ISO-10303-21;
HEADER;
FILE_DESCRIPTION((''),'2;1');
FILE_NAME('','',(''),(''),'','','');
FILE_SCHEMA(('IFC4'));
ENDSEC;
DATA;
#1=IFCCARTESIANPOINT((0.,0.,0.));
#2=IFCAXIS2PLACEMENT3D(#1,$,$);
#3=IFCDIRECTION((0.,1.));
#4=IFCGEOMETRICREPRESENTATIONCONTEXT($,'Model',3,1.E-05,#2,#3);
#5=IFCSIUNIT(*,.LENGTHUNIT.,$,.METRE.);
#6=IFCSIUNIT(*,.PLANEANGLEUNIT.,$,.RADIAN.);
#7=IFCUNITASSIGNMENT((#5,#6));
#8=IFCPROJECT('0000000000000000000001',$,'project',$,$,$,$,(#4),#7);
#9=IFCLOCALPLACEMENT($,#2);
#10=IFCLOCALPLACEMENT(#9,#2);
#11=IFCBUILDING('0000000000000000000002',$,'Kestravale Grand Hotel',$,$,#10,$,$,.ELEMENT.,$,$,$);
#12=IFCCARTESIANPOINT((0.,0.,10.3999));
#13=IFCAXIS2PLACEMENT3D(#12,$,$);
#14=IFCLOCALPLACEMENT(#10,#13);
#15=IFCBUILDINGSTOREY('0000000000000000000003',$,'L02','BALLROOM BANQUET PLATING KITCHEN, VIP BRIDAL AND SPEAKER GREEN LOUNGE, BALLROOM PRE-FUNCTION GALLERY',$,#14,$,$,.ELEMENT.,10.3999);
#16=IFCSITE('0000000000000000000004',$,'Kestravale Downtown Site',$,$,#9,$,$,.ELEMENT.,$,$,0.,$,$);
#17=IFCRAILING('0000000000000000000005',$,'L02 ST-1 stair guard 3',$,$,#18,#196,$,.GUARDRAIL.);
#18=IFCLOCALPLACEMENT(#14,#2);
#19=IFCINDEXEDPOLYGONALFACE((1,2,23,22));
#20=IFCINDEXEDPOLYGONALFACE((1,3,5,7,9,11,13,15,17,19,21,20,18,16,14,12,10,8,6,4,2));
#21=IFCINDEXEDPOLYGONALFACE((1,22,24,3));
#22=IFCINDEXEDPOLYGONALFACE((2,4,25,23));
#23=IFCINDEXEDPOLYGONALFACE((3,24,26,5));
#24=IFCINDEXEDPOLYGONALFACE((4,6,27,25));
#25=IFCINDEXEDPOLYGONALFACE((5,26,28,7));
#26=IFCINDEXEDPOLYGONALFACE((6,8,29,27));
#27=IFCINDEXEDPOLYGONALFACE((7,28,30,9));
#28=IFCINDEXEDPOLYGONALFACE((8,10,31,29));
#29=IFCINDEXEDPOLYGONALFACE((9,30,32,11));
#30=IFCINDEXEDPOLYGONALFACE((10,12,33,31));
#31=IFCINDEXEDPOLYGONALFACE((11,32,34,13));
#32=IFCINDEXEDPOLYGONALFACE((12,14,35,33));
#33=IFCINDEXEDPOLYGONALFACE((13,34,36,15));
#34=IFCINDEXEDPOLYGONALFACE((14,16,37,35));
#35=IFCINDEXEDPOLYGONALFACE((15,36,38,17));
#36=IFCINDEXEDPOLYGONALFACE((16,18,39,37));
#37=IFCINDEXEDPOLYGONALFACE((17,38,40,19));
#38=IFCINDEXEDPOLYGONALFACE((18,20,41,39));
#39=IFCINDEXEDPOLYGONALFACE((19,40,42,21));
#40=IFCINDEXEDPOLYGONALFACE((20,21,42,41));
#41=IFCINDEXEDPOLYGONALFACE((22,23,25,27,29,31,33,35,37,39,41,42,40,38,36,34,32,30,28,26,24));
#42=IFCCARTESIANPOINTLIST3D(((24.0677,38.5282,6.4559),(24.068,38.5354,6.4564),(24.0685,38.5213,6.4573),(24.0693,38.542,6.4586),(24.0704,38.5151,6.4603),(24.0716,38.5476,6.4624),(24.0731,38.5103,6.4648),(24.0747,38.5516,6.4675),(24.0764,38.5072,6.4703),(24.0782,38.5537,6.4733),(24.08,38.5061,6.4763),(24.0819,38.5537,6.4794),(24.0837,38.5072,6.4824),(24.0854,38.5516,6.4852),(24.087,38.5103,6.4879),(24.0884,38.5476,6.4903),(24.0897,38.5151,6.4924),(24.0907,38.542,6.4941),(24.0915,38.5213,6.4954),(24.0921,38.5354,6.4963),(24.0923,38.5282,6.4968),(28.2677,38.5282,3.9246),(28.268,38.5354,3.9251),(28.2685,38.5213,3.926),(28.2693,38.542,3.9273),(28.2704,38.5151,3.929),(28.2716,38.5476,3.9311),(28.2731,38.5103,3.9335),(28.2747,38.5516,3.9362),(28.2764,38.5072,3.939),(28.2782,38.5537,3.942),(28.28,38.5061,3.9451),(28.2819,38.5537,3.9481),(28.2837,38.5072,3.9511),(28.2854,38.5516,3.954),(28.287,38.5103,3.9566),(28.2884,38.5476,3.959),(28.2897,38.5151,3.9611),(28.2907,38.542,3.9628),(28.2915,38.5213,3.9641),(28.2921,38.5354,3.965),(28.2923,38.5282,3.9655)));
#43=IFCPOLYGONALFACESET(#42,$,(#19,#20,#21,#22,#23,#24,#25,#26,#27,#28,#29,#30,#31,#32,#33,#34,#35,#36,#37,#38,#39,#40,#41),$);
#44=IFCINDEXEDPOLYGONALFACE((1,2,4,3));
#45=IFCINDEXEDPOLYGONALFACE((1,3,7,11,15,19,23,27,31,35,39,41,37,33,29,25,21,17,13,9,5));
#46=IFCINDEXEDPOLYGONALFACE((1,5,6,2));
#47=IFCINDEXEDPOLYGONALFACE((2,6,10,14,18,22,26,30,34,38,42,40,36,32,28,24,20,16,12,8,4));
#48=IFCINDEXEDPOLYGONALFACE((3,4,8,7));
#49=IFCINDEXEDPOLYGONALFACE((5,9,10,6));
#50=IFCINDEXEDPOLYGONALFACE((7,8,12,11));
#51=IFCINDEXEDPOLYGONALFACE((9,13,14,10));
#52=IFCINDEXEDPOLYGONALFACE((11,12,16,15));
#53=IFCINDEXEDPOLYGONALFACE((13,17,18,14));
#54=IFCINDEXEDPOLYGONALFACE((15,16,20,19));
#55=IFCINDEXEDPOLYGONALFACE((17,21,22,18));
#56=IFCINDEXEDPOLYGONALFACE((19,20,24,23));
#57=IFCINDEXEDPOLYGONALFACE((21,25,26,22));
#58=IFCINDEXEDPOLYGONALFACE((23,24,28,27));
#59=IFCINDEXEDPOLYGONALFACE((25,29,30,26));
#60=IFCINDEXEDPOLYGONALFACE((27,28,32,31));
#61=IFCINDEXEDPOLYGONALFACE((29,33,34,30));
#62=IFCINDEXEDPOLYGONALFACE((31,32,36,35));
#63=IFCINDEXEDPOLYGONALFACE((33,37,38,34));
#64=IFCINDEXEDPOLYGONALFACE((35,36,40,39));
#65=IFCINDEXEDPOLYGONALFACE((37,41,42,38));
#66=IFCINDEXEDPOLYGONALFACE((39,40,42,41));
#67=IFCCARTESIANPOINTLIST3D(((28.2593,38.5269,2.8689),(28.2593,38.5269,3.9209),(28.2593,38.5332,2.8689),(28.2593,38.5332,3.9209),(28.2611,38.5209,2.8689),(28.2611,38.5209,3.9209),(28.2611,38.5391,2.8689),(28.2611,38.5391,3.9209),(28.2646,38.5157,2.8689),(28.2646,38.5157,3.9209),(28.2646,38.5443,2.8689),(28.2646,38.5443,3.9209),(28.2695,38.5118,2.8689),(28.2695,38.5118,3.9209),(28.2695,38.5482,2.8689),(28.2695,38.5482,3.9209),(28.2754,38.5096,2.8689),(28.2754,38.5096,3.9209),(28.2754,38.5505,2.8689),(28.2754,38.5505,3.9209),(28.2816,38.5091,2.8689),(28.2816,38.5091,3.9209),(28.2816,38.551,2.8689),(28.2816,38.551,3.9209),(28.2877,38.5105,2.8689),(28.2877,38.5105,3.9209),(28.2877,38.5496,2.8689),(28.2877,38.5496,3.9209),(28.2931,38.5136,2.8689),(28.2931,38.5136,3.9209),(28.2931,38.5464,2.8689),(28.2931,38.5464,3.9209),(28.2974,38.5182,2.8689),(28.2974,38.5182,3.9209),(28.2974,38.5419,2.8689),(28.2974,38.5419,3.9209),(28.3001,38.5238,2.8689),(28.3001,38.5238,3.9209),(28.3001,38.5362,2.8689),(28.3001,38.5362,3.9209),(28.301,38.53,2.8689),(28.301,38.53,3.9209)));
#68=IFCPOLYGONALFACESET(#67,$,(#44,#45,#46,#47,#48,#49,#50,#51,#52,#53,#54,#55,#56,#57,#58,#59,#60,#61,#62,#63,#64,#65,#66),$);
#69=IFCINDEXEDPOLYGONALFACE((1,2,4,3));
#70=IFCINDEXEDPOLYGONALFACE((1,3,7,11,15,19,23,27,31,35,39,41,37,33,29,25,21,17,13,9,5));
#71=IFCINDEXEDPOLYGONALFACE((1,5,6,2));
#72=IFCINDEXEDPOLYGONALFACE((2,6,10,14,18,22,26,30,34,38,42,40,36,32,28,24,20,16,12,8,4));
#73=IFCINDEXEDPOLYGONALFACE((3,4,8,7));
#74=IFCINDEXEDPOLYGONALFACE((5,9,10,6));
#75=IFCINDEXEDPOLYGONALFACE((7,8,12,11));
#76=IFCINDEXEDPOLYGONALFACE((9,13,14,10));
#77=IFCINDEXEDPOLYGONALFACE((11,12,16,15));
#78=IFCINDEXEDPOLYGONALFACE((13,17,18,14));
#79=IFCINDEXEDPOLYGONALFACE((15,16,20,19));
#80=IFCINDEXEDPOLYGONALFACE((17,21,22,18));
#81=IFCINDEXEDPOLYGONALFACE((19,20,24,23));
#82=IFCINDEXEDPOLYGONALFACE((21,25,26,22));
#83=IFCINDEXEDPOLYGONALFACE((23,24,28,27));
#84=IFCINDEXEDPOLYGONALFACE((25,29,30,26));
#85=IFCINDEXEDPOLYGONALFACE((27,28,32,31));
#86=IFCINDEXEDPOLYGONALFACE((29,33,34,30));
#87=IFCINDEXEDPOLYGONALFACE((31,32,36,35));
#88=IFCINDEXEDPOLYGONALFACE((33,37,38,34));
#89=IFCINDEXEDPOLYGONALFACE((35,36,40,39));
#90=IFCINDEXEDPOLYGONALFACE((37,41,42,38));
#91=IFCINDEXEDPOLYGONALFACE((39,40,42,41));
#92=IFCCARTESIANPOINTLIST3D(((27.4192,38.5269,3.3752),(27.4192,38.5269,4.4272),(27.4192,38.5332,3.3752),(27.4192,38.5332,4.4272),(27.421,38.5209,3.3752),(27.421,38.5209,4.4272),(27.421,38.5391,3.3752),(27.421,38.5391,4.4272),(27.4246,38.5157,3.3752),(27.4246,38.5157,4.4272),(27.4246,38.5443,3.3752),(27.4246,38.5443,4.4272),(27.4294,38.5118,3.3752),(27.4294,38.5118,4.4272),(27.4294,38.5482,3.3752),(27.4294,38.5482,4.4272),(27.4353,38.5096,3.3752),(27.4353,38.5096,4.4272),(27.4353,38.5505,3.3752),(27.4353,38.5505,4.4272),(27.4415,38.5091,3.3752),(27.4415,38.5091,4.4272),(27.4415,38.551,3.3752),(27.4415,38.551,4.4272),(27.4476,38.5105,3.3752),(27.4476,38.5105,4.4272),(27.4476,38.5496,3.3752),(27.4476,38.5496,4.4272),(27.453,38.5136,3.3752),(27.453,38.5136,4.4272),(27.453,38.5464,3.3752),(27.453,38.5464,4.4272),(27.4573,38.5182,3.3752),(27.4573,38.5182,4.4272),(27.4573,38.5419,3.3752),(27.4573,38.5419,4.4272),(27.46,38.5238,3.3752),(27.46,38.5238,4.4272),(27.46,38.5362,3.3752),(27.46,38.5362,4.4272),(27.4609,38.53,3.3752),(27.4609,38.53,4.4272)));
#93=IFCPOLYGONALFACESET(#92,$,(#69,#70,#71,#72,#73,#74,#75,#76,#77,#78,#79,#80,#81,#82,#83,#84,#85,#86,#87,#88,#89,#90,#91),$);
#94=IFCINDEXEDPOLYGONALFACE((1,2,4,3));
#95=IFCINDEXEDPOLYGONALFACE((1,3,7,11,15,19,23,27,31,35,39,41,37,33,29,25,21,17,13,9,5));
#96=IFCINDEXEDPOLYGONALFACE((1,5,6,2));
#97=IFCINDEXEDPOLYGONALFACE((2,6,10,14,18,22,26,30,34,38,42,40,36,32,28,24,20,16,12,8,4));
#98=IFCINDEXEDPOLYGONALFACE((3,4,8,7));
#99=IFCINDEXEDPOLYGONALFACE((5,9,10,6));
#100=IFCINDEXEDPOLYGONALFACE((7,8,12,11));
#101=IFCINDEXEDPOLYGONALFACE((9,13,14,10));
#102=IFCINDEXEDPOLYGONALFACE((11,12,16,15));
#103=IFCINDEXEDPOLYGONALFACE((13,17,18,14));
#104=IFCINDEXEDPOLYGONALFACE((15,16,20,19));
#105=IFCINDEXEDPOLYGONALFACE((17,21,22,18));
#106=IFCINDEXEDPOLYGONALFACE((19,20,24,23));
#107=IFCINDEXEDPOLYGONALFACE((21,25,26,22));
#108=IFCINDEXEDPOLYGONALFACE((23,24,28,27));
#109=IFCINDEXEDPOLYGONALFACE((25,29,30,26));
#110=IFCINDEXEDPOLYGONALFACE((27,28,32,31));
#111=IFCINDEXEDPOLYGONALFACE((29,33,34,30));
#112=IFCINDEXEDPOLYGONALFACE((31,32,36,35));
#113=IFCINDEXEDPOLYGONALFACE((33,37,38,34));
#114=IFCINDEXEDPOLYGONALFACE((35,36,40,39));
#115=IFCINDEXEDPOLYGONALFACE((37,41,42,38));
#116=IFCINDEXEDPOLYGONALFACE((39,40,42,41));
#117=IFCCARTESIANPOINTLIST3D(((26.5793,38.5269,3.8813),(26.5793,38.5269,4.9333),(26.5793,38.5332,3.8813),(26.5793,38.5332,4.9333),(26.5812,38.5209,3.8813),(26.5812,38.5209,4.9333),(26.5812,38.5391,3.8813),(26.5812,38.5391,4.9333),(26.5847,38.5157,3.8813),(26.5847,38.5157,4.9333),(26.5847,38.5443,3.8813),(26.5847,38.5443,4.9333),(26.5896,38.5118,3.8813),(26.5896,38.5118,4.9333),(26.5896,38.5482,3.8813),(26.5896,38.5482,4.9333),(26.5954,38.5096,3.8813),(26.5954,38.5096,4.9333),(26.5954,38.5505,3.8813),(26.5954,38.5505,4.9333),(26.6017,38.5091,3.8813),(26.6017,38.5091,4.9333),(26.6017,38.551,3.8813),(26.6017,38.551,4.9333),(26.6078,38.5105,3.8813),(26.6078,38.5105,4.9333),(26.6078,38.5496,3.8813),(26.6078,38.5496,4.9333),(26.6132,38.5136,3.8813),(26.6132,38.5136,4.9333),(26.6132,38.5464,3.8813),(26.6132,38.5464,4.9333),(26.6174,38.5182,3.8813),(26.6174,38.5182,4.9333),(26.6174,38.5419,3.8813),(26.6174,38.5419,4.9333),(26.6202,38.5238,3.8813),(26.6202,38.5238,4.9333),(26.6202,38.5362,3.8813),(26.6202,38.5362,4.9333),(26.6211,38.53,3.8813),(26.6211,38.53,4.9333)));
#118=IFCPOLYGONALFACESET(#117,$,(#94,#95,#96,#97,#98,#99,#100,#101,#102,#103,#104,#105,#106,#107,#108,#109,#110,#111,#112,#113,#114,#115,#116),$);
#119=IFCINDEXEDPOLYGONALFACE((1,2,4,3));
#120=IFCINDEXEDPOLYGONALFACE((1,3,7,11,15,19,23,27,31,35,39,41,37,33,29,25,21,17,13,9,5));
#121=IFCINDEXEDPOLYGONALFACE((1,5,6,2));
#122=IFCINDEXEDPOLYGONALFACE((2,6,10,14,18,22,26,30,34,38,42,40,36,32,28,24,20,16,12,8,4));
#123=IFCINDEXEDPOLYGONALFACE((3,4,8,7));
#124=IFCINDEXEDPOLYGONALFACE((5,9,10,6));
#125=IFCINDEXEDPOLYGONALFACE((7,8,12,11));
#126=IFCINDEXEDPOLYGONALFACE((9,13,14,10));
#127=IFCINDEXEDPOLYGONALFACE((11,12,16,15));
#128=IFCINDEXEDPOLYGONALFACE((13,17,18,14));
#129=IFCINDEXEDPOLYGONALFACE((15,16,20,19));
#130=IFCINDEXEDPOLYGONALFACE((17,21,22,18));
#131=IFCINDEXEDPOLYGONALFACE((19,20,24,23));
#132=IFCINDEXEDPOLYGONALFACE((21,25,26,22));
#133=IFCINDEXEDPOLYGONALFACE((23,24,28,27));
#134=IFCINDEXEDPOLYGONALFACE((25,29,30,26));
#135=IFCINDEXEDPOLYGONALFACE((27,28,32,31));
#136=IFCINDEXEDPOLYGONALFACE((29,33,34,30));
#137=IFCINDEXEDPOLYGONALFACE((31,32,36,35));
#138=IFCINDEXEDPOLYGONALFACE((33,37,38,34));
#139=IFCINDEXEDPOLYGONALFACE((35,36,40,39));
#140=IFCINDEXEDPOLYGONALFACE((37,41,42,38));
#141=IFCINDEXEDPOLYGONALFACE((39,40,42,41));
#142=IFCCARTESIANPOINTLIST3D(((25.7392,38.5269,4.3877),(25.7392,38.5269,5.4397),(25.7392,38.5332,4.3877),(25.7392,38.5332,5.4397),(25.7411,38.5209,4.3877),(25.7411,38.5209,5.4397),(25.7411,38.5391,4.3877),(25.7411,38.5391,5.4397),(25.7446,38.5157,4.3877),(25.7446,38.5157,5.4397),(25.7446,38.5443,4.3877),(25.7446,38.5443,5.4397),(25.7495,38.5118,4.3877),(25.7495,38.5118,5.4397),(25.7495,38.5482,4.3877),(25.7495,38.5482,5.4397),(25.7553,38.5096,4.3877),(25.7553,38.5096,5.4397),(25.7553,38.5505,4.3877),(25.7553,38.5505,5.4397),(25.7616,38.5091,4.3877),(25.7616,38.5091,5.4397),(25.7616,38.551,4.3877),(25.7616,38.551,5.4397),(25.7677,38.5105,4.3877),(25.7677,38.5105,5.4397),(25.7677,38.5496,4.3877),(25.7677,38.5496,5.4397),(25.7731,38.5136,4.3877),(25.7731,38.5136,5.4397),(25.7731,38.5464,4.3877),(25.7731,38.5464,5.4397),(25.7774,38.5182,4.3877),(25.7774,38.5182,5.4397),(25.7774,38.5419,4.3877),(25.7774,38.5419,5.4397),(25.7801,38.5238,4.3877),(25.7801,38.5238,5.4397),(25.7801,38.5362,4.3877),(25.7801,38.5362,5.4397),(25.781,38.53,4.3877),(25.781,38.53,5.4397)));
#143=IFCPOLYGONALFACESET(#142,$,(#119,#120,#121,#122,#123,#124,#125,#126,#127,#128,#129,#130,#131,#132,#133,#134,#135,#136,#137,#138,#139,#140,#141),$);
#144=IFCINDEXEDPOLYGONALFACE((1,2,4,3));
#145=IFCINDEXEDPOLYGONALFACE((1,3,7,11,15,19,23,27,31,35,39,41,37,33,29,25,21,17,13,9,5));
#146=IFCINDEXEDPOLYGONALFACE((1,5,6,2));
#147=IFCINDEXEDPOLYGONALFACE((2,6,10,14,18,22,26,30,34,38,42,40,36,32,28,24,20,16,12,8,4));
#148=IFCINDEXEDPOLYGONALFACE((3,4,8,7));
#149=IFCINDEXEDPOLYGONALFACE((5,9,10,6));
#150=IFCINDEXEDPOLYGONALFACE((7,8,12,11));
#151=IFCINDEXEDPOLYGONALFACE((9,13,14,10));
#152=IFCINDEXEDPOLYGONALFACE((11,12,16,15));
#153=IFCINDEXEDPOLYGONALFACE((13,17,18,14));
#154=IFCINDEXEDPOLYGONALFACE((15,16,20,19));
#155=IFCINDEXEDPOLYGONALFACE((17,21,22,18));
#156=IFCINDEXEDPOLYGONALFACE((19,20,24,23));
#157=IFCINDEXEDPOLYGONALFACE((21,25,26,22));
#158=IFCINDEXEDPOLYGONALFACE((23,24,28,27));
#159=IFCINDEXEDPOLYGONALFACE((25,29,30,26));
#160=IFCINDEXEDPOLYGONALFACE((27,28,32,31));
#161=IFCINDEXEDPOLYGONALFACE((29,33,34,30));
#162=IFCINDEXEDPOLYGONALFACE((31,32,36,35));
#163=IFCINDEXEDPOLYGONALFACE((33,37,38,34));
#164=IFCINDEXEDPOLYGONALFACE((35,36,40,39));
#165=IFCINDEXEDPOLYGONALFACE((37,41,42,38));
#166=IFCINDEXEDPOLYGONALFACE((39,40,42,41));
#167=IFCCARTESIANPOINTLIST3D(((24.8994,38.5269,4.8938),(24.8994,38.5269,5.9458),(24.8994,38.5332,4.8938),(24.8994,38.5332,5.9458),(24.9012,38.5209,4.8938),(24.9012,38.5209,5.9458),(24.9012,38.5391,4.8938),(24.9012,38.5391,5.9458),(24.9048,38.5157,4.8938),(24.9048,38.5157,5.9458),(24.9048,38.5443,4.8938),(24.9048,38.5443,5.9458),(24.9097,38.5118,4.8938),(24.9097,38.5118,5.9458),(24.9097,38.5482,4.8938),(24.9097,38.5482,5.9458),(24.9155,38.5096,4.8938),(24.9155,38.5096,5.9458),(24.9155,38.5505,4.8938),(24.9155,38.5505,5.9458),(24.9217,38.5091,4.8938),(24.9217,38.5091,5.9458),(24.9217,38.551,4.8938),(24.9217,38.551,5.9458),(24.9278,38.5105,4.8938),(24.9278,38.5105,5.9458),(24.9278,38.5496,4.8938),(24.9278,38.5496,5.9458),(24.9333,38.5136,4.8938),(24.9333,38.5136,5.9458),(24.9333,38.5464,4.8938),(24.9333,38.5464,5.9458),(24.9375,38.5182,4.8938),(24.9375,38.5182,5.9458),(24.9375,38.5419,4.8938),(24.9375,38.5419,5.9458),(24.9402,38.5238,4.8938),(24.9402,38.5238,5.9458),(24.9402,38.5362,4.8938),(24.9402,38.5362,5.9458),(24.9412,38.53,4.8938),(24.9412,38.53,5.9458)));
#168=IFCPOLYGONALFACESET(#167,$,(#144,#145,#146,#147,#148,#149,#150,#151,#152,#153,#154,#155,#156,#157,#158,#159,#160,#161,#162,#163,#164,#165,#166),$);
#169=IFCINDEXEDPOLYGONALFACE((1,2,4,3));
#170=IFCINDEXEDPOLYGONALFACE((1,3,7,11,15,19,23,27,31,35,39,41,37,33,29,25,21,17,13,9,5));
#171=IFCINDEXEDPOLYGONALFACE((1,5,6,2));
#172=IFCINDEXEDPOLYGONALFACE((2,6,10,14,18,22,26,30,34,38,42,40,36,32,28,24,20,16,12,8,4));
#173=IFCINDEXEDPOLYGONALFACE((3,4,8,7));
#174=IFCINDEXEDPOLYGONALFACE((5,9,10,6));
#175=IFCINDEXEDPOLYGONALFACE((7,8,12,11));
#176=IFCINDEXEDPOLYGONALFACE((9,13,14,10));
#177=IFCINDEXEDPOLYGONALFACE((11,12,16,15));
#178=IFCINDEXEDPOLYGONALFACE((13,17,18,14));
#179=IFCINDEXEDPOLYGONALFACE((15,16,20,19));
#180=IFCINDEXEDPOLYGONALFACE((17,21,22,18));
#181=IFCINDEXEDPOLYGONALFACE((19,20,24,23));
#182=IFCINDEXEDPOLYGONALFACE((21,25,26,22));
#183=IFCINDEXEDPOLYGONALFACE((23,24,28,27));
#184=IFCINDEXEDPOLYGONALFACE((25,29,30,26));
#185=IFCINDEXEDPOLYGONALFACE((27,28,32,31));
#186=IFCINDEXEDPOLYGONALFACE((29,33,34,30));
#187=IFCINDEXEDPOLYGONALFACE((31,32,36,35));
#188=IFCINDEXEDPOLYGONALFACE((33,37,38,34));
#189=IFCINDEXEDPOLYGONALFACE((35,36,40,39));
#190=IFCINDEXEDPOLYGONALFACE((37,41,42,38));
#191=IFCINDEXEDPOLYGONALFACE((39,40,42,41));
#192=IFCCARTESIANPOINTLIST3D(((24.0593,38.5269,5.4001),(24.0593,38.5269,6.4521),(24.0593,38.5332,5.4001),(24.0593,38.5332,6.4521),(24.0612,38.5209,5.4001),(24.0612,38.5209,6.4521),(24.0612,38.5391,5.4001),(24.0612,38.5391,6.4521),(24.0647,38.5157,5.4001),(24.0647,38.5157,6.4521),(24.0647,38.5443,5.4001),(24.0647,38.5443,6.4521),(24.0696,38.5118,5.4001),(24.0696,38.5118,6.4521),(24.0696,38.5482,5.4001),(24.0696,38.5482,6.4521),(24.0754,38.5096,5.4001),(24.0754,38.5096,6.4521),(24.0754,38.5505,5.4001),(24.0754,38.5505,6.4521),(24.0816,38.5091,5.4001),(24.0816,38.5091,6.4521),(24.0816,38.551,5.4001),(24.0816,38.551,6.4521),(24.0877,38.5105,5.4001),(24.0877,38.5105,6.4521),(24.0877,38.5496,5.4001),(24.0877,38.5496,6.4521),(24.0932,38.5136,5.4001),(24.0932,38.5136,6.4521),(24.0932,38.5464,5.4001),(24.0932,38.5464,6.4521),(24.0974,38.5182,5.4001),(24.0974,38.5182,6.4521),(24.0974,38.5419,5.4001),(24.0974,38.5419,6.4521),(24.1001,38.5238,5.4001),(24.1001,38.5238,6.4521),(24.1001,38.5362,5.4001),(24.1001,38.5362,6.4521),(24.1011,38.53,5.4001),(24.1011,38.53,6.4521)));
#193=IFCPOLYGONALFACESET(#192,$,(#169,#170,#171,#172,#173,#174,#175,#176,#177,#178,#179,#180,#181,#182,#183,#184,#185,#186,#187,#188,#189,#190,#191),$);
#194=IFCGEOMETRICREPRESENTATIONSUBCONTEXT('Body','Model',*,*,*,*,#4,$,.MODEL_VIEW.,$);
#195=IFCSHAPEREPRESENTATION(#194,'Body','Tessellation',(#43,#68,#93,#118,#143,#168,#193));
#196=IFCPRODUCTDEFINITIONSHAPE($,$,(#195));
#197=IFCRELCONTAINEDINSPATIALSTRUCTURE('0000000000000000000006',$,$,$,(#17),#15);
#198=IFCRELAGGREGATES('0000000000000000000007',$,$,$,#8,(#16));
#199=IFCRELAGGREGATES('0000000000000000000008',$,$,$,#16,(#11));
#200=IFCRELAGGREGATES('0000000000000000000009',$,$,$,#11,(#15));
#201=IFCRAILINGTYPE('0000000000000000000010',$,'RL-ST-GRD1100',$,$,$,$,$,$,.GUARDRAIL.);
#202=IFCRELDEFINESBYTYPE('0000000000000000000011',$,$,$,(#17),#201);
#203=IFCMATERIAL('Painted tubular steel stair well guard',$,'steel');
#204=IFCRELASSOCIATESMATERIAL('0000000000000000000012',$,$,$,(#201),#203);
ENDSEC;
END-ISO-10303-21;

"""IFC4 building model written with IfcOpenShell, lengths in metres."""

from ifc_helpers import new_model, si_unit, direction, frame, origin, origin_2d, place, context, subcontext, project, spatial, circle, extrude, material, type_object, element, save


model = new_model("IFC4")

# Units and contexts
model_context = context("Model", 3, precision=1e-05, world=origin(), true_north=direction((0.0, 1.0)))
body_context = subcontext(model_context, "Body", "Model", "MODEL_VIEW")
ifc_project = project(units=[si_unit("LENGTHUNIT", "METRE"), si_unit("PLANEANGLEUNIT", "RADIAN")], contexts=[model_context])

# Site, building, storey
site_placement = place(None, origin())
site = spatial("IfcSite", under=ifc_project, at=site_placement, Name="Kestravale Downtown Site", CompositionType="ELEMENT", RefElevation=0.0)
building_placement = place(site_placement, origin())
building = spatial("IfcBuilding", under=site, at=building_placement, Name="Kestravale Grand Hotel", CompositionType="ELEMENT")
storey_placement = place(building_placement, frame((0.0, 0.0, 10.3999)))
storey = spatial("IfcBuildingStorey", under=building, at=storey_placement, Name="L02", Description="BALLROOM BANQUET PLATING KITCHEN, VIP BRIDAL AND SPEAKER GREEN LOUNGE, BALLROOM PRE-FUNCTION GALLERY", CompositionType="ELEMENT", Elevation=10.3999)

# Railing
ifc_material_1 = material(Name="Painted tubular steel stair well guard", Category="steel")
railing_type_1 = type_object("IfcRailingType", Name="RL-ST-GRD1100", PredefinedType="GUARDRAIL", material=ifc_material_1)
railing_1_placement = place(storey_placement, frame((28.28, 38.53, 2.8689)))
element("IfcRailing", 1, at=railing_1_placement, inside=storey, type_object=railing_type_1, Name="L02 ST-1 stair guard 3", PredefinedType="GUARDRAIL", context=body_context, shape_type="SweptSolid", body=[
    extrude(circle(Radius=0.0239, at=origin_2d()), frame((0.0, 0.0, 1.0762), z_axis=(-0.856476, 0.0, 0.516186), x_axis=(0.0, -1.0, 0.0)), (0.0, 0.0, 1.0), 4.9038),
    extrude(circle(Radius=0.021, at=origin_2d()), origin(), (0.0, 0.0, 1.0), 1.052),
    extrude(circle(Radius=0.021, at=origin_2d()), frame((-0.8401, 0.0, 0.5063)), (0.0, 0.0, 1.0), 1.052),
    extrude(circle(Radius=0.021, at=origin_2d()), frame((-1.6799, 0.0, 1.0125)), (0.0, 0.0, 1.0), 1.052),
    extrude(circle(Radius=0.021, at=origin_2d()), frame((-2.52, 0.0, 1.5188)), (0.0, 0.0, 1.0), 1.052),
    extrude(circle(Radius=0.021, at=origin_2d()), frame((-3.3599, 0.0, 2.0249)), (0.0, 0.0, 1.0), 1.052),
    extrude(circle(Radius=0.021, at=origin_2d()), frame((-4.2, 0.0, 2.5312)), (0.0, 0.0, 1.0), 1.052),
])

save(model, "model.ifc")
